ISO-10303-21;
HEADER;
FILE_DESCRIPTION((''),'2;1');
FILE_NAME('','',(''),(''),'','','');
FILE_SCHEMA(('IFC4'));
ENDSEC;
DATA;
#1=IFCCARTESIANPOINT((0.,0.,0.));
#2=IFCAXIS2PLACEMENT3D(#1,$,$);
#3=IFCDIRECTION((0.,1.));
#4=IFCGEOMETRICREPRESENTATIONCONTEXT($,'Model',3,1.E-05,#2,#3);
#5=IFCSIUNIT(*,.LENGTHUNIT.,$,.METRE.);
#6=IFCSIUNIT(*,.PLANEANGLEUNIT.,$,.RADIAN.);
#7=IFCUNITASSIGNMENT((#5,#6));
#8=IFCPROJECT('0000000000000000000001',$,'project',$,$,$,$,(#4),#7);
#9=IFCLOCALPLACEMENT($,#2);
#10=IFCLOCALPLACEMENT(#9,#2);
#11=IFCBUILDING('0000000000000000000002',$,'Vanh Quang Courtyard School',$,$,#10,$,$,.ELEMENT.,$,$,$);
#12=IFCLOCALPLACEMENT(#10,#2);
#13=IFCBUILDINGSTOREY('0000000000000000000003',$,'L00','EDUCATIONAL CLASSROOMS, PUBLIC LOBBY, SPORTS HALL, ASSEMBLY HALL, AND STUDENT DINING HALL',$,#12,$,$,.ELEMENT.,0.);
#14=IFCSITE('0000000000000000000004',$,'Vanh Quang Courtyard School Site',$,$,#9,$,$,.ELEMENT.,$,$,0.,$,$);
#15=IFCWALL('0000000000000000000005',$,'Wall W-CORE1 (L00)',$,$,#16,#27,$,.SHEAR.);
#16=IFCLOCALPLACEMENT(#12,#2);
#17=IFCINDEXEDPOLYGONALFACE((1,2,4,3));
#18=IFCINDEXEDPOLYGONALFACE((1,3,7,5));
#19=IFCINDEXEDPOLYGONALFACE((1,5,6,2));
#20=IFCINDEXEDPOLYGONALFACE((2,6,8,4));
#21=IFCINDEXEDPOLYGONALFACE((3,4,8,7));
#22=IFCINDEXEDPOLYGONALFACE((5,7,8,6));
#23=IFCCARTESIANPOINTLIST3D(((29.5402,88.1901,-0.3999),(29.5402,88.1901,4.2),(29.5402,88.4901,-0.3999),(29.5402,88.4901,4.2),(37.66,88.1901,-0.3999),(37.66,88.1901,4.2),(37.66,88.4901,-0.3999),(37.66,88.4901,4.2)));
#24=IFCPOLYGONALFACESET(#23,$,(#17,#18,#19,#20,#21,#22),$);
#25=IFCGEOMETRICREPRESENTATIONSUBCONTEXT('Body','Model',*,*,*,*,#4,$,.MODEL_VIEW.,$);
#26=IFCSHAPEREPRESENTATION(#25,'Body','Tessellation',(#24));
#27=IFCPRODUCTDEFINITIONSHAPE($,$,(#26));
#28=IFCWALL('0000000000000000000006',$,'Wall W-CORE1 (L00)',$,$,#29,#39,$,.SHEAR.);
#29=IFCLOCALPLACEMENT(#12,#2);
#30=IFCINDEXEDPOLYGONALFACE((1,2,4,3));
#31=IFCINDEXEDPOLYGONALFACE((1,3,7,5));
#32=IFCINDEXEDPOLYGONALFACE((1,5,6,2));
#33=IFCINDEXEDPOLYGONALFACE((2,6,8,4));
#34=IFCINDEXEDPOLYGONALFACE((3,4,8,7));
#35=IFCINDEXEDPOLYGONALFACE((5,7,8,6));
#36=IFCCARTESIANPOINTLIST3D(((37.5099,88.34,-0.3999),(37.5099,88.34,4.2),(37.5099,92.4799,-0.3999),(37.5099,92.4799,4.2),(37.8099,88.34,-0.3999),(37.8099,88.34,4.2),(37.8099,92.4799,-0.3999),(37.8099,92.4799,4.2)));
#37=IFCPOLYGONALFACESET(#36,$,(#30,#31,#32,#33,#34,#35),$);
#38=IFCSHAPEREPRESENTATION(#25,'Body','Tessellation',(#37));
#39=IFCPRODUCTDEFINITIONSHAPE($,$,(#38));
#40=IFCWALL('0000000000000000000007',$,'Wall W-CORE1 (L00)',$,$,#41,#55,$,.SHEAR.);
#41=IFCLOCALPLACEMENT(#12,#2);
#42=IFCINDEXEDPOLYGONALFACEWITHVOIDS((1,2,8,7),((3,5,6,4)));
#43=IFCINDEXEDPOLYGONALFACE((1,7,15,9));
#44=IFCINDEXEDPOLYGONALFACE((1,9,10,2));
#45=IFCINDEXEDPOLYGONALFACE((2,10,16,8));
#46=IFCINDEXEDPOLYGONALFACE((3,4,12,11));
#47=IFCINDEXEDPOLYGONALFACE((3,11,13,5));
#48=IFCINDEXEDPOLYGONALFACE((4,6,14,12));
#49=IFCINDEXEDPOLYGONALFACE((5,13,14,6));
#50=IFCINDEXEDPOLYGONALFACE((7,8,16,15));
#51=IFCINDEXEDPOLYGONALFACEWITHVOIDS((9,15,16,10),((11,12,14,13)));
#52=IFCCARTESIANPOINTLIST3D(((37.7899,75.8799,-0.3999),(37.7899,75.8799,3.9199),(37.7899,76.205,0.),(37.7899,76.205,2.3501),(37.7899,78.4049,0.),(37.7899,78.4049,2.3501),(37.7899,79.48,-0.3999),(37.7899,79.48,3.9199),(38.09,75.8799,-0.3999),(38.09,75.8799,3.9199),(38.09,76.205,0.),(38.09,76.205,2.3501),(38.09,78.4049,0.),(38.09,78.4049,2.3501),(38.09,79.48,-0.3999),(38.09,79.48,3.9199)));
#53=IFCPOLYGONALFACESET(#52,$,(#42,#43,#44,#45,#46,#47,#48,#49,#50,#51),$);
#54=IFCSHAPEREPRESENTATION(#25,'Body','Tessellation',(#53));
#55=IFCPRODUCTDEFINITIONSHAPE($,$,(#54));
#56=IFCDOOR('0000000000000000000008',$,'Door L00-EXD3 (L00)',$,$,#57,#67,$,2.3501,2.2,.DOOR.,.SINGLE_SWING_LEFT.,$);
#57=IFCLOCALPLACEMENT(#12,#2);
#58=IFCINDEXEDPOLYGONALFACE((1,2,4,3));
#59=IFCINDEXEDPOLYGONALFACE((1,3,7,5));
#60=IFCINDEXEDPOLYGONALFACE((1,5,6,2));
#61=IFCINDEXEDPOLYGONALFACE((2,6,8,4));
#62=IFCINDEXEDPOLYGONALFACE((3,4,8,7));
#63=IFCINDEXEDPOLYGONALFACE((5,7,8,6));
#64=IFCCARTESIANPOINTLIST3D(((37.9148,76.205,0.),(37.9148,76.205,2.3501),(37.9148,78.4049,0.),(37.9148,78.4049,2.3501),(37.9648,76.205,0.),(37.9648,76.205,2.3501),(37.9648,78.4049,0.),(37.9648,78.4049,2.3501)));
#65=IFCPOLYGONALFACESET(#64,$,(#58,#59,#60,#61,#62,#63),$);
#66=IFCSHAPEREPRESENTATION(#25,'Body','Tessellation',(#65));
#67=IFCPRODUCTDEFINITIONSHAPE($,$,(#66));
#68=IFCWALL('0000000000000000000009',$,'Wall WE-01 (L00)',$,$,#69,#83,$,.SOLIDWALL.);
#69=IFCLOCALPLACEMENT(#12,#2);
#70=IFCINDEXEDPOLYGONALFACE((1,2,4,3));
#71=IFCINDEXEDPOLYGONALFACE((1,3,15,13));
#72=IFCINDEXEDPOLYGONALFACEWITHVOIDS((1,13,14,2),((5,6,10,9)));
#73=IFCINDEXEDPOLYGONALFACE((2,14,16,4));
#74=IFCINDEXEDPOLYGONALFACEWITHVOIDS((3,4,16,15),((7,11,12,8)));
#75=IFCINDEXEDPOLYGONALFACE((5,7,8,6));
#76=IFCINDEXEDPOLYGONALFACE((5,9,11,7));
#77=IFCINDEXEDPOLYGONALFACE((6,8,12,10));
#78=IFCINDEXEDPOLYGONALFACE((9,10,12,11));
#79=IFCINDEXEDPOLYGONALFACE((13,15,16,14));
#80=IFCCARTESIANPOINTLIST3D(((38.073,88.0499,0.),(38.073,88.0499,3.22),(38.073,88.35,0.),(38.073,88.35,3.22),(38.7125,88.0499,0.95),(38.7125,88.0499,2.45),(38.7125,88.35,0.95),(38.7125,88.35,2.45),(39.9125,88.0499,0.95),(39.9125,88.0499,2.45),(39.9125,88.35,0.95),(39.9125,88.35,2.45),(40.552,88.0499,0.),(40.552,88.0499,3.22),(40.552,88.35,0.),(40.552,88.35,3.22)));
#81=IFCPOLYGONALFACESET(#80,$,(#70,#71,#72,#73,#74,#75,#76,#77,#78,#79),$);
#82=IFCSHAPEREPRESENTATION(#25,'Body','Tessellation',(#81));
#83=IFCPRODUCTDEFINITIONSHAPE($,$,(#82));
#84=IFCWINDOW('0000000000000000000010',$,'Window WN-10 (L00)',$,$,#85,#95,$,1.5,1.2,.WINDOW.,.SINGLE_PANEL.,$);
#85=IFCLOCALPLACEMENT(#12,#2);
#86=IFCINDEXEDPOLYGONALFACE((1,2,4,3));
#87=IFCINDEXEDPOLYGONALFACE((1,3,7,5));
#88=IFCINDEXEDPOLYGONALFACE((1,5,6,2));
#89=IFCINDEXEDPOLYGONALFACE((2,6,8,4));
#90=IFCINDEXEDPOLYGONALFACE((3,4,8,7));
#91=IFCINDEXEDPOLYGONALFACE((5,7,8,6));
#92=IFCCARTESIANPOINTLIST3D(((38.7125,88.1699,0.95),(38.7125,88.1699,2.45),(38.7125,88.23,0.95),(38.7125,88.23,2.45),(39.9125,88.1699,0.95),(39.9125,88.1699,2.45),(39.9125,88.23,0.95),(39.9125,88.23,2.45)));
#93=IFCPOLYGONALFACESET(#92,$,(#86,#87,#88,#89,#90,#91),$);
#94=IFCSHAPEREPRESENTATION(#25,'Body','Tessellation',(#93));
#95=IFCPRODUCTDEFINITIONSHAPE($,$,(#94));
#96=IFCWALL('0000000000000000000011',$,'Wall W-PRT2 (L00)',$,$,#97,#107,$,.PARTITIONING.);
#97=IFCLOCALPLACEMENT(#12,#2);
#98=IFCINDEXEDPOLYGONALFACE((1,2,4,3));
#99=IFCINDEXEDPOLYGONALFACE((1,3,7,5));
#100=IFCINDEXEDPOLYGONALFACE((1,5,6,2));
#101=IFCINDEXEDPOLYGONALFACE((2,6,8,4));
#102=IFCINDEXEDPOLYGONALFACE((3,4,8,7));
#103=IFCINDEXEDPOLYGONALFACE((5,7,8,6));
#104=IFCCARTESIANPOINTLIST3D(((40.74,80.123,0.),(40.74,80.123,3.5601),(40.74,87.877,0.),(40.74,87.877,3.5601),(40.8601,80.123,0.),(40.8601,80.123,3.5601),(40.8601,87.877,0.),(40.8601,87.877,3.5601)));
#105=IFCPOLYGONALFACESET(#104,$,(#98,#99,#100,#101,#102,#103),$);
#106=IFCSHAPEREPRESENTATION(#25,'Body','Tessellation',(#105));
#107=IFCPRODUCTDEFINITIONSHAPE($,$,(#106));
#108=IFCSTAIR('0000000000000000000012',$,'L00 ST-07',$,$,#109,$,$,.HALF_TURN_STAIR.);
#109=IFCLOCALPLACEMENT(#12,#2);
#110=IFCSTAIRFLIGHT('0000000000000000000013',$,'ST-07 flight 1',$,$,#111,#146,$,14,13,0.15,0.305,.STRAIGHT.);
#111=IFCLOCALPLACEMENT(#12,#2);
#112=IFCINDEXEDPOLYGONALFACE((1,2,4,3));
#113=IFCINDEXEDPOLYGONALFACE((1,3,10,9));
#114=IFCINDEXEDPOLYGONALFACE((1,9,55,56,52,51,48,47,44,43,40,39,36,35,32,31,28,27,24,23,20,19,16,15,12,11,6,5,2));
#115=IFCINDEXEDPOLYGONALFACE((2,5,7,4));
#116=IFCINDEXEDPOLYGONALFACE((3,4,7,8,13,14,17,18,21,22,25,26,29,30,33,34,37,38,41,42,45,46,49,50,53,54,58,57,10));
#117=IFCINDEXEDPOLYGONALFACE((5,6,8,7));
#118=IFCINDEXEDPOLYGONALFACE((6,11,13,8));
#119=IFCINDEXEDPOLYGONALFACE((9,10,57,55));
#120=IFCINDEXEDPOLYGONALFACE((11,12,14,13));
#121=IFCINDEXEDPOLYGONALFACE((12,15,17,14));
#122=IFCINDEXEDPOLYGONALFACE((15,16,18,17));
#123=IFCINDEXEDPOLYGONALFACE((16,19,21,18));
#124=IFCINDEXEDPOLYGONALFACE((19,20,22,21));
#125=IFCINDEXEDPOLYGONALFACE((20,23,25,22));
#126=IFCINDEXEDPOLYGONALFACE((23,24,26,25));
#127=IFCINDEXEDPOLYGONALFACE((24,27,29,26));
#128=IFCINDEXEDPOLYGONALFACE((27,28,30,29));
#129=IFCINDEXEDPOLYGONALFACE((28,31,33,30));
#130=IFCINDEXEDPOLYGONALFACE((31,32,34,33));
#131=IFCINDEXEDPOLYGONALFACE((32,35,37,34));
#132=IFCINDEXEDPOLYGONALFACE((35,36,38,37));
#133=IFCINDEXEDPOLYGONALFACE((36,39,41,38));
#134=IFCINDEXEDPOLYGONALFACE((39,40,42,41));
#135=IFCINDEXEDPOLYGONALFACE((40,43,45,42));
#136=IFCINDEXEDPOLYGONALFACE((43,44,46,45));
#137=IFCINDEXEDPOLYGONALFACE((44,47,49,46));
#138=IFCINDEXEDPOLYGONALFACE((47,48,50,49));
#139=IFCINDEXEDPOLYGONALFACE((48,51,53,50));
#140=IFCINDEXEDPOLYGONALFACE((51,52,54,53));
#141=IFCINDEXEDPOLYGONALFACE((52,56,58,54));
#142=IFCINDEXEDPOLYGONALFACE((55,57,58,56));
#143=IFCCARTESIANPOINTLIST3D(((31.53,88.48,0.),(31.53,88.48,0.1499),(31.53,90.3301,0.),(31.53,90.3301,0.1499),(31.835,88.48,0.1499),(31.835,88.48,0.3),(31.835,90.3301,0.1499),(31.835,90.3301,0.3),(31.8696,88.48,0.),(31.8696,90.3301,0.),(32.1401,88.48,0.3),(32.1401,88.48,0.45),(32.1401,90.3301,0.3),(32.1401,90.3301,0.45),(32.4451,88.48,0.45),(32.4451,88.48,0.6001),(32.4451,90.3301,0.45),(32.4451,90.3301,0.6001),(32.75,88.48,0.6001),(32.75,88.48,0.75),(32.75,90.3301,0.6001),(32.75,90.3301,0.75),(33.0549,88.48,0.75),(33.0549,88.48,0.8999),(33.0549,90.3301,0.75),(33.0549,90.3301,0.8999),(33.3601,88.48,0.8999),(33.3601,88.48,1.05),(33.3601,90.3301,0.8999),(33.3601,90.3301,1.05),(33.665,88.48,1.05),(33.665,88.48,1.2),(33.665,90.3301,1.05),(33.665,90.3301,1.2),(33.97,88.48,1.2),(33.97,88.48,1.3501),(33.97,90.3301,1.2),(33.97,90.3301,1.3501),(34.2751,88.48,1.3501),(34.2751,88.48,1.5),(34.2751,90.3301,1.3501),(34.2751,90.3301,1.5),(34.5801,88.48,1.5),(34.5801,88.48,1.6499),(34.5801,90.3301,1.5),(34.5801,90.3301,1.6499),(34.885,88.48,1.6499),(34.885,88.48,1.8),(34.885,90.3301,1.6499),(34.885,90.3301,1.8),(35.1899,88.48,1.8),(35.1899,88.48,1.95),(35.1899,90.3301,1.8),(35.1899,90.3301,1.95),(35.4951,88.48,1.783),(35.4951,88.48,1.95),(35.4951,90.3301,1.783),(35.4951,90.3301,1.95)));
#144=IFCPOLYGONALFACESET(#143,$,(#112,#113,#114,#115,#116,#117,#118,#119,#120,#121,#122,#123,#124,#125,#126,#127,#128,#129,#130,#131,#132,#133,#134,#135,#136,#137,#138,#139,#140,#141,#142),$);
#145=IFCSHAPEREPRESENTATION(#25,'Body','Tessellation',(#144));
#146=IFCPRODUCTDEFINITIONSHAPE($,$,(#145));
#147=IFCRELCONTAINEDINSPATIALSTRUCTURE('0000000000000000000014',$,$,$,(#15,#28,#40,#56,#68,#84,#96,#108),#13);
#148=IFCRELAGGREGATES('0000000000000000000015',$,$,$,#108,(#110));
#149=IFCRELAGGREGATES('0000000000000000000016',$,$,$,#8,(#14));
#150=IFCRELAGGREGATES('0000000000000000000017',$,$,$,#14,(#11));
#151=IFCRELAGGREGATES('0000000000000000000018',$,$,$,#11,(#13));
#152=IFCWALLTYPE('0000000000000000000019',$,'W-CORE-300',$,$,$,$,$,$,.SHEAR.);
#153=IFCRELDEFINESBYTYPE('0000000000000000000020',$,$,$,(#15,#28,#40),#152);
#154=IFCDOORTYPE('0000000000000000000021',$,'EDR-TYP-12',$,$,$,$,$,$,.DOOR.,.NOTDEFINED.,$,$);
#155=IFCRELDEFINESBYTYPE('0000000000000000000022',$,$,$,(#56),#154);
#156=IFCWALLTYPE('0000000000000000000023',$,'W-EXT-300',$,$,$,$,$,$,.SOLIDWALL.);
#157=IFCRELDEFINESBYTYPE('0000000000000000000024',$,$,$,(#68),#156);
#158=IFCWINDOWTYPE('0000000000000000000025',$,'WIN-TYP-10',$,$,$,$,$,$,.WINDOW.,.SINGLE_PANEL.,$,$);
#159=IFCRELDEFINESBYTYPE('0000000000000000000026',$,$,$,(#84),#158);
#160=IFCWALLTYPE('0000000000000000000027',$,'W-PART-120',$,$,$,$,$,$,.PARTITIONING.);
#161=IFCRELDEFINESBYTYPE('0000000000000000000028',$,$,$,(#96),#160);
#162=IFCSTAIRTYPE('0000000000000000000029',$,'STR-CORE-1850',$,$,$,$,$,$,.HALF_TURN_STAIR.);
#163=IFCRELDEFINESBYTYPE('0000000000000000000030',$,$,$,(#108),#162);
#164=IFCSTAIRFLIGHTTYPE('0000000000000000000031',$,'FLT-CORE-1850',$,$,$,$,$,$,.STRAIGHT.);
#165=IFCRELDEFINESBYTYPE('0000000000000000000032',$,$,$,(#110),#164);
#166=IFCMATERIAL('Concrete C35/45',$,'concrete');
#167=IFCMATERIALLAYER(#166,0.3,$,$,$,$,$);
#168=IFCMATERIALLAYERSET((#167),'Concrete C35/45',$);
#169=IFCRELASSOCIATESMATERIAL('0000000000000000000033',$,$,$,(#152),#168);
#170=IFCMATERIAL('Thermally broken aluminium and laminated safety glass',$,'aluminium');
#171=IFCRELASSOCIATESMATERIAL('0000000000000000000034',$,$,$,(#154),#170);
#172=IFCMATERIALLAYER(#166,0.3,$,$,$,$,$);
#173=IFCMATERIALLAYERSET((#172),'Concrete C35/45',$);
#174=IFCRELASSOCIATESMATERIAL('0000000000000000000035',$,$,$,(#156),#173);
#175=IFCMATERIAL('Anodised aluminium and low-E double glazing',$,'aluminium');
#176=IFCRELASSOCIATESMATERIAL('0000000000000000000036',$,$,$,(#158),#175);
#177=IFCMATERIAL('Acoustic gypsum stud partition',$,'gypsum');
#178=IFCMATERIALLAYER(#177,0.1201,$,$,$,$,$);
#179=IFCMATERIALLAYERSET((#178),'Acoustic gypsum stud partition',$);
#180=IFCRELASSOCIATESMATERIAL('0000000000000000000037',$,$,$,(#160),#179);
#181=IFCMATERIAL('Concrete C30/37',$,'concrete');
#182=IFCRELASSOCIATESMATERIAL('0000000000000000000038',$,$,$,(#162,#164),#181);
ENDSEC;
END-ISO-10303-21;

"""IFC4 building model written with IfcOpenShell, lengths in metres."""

from ifc_helpers import new_model, si_unit, direction, frame, frame_2d, origin, place, context, subcontext, project, spatial, polyline, rectangle, outline, extrude, material, layer, layer_set, type_object, element, fill, aggregate, save


model = new_model("IFC4")

# Units and contexts
model_context = context("Model", 3, precision=1e-05, world=origin(), true_north=direction((0.0, 1.0)))
body_context = subcontext(model_context, "Body", "Model", "MODEL_VIEW")
ifc_project = project(units=[si_unit("LENGTHUNIT", "METRE"), si_unit("PLANEANGLEUNIT", "RADIAN")], contexts=[model_context])

# Site, building, storey
site_placement = place(None, origin())
site = spatial("IfcSite", under=ifc_project, at=site_placement, Name="Vanh Quang Courtyard School Site", CompositionType="ELEMENT", RefElevation=0.0)
building_placement = place(site_placement, origin())
building = spatial("IfcBuilding", under=site, at=building_placement, Name="Vanh Quang Courtyard School", CompositionType="ELEMENT")
storey_placement = place(building_placement, origin())
storey = spatial("IfcBuildingStorey", under=building, at=storey_placement, Name="L00", Description="EDUCATIONAL CLASSROOMS, PUBLIC LOBBY, SPORTS HALL, ASSEMBLY HALL, AND STUDENT DINING HALL", CompositionType="ELEMENT", Elevation=0.0)

# Shared definitions
ifc_material_1 = material(Name="Concrete C35/45", Category="concrete")

# Shared definitions
ifc_material_2 = material(Name="Concrete C30/37", Category="concrete")

# Walls
ifc_layer_1 = layer(ifc_material_1, 0.3)
ifc_layer_set_1 = layer_set([ifc_layer_1], Name="Concrete C35/45")
wall_type_1 = type_object("IfcWallType", Name="W-CORE-300", PredefinedType="SHEAR", material=ifc_layer_set_1)
wall_1_placement = place(storey_placement, frame((29.54, 88.3401, -0.3999), z_axis=(0.0, 0.0, 1.0), x_axis=(1.0, 0.0, 0.0)))
element("IfcWall", 1, at=wall_1_placement, inside=storey, type_object=wall_type_1, Name="Wall W-CORE1 (L00)", PredefinedType="SHEAR", context=body_context, shape_type="SweptSolid", body=[
    extrude(rectangle(XDim=8.1199, YDim=0.3, at=frame_2d((4.0601, 0.0))), origin(), (0.0, 0.0, 1.0), 4.5999),
])
wall_2_placement = place(storey_placement, frame((37.6599, 88.3401, -0.3999), z_axis=(0.0, 0.0, 1.0), x_axis=(0.0, 1.0, 0.0)))
element("IfcWall", 2, at=wall_2_placement, inside=storey, type_object=wall_type_1, Name="Wall W-CORE1 (L00)", PredefinedType="SHEAR", context=body_context, shape_type="SweptSolid", body=[
    extrude(rectangle(XDim=4.1399, YDim=0.3, at=frame_2d((2.0698, 0.0))), origin(), (0.0, 0.0, 1.0), 4.5999),
])

# Wall, opening, door
wall_3_placement = place(storey_placement, frame((37.9399, 79.48, -0.3999), z_axis=(0.0, 0.0, 1.0), x_axis=(0.0, -1.0, 0.0)))
wall_3 = element("IfcWall", 3, at=wall_3_placement, inside=storey, type_object=wall_type_1, Name="Wall W-CORE1 (L00)", PredefinedType="SHEAR", context=body_context, shape_type="SweptSolid", body=[
    extrude(rectangle(XDim=3.6001, YDim=0.3, at=frame_2d((1.8, 0.0))), origin(), (0.0, 0.0, 1.0), 4.3198),
])
opening_1_placement = place(wall_3_placement, frame((1.075, 0.0, 0.3999)))
opening_1 = element("IfcOpeningElement", 4, at=opening_1_placement, cuts=wall_3, PredefinedType="OPENING", context=body_context, shape_type="SweptSolid", body=[
    extrude(rectangle(XDim=2.2, YDim=2.3501, at=frame_2d((1.1001, 1.175))), frame((0.0, 0.1602, 0.0), z_axis=(0.0, -1.0, 0.0), x_axis=(1.0, 0.0, 0.0)), (0.0, 0.0, 1.0), 0.3201),
])
ifc_material_3 = material(Name="Thermally broken aluminium and laminated safety glass", Category="aluminium")
door_type = type_object("IfcDoorType", Name="EDR-TYP-12", OperationType="NOTDEFINED", PredefinedType="DOOR", material=ifc_material_3)
door_placement = place(opening_1_placement, origin())
door = element("IfcDoor", 5, at=door_placement, inside=storey, type_object=door_type, Name="Door L00-EXD3 (L00)", OperationType="SINGLE_SWING_LEFT", OverallHeight=2.3501, OverallWidth=2.2, PredefinedType="DOOR", context=body_context, shape_type="SweptSolid", body=[
    extrude(rectangle(XDim=2.2, YDim=2.3501, at=frame_2d((1.1001, 1.175))), frame((0.0, 0.0249, 0.0), z_axis=(0.0, -1.0, 0.0), x_axis=(1.0, 0.0, 0.0)), (0.0, 0.0, 1.0), 0.05),
])
fill(opening_1, door)

# Wall, opening, window
ifc_layer_2 = layer(ifc_material_1, 0.3)
ifc_layer_set_2 = layer_set([ifc_layer_2], Name="Concrete C35/45")
wall_type_2 = type_object("IfcWallType", Name="W-EXT-300", PredefinedType="SOLIDWALL", material=ifc_layer_set_2)
wall_4_placement = place(storey_placement, frame((38.073, 88.2, 0.0), z_axis=(0.0, 0.0, 1.0), x_axis=(1.0, 0.0, 0.0)))
wall_4 = element("IfcWall", 6, at=wall_4_placement, inside=storey, type_object=wall_type_2, Name="Wall WE-01 (L00)", PredefinedType="SOLIDWALL", context=body_context, shape_type="SweptSolid", body=[
    extrude(rectangle(XDim=2.479, YDim=0.3, at=frame_2d((1.2395, 0.0))), origin(), (0.0, 0.0, 1.0), 3.22),
])
opening_2_placement = place(wall_4_placement, frame((0.6394, 0.0, 0.95)))
opening_2 = element("IfcOpeningElement", 7, at=opening_2_placement, cuts=wall_4, PredefinedType="OPENING", context=body_context, shape_type="SweptSolid", body=[
    extrude(rectangle(XDim=1.2, YDim=1.5, at=frame_2d((0.6001, 0.75))), frame((0.0, 0.1602, 0.0), z_axis=(0.0, -1.0, 0.0), x_axis=(1.0, 0.0, 0.0)), (0.0, 0.0, 1.0), 0.3201),
])
ifc_material_4 = material(Name="Anodised aluminium and low-E double glazing", Category="aluminium")
window_type = type_object("IfcWindowType", Name="WIN-TYP-10", PartitioningType="SINGLE_PANEL", PredefinedType="WINDOW", material=ifc_material_4)
window_placement = place(opening_2_placement, origin())
window = element("IfcWindow", 8, at=window_placement, inside=storey, type_object=window_type, Name="Window WN-10 (L00)", OverallHeight=1.5, OverallWidth=1.2, PartitioningType="SINGLE_PANEL", PredefinedType="WINDOW", context=body_context, shape_type="SweptSolid", body=[
    extrude(rectangle(XDim=1.2, YDim=1.5, at=frame_2d((0.6001, 0.75))), frame((0.0, 0.03, 0.0), z_axis=(0.0, -1.0, 0.0), x_axis=(1.0, 0.0, 0.0)), (0.0, 0.0, 1.0), 0.0601),
])
fill(opening_2, window)

# Wall
ifc_material_5 = material(Name="Acoustic gypsum stud partition", Category="gypsum")
ifc_layer_3 = layer(ifc_material_5, 0.1201)
ifc_layer_set_3 = layer_set([ifc_layer_3], Name="Acoustic gypsum stud partition")
wall_type_3 = type_object("IfcWallType", Name="W-PART-120", PredefinedType="PARTITIONING", material=ifc_layer_set_3)
wall_5_placement = place(storey_placement, frame((40.8, 80.123, 0.0), z_axis=(0.0, 0.0, 1.0), x_axis=(0.0, 1.0, 0.0)))
element("IfcWall", 9, at=wall_5_placement, inside=storey, type_object=wall_type_3, Name="Wall W-PRT2 (L00)", PredefinedType="PARTITIONING", context=body_context, shape_type="SweptSolid", body=[
    extrude(rectangle(XDim=7.7539, YDim=0.1201, at=frame_2d((3.877, 0.0))), origin(), (0.0, 0.0, 1.0), 3.5601),
])

# Stair, stair flight
stair_type = type_object("IfcStairType", Name="STR-CORE-1850", PredefinedType="HALF_TURN_STAIR", material=ifc_material_2)
stair_placement = place(storey_placement, origin())
stair = element("IfcStair", 10, at=stair_placement, inside=storey, type_object=stair_type, Name="L00 ST-07", PredefinedType="HALF_TURN_STAIR")
stair_flight_type = type_object("IfcStairFlightType", Name="FLT-CORE-1850", PredefinedType="STRAIGHT", material=ifc_material_2)
stair_flight_1_placement = place(storey_placement, frame((31.53, 89.405, 0.0), z_axis=(0.0, 0.0, 1.0), x_axis=(1.0, 0.0, 0.0)))
stair_flight_1 = element("IfcStairFlight", 11, at=stair_flight_1_placement, type_object=stair_flight_type, Name="ST-07 flight 1", NumberOfRisers=14, NumberOfTreads=13, PredefinedType="STRAIGHT", RiserHeight=0.15, TreadLength=0.305, context=body_context, shape_type="SweptSolid", body=[
    extrude(outline(polyline([(0.0, 0.0), (0.0, 0.1499), (0.3049, 0.1499), (0.3049, 0.3), (0.6101, 0.3), (0.6101, 0.45), (0.915, 0.45), (0.915, 0.6001), (1.22, 0.6001), (1.22, 0.75), (1.5249, 0.75), (1.5249, 0.8999), (1.8301, 0.8999), (1.8301, 1.05), (2.135, 1.05), (2.135, 1.2), (2.4399, 1.2), (2.4399, 1.3501), (2.7451, 1.3501), (2.7451, 1.5), (3.05, 1.5), (3.05, 1.6499), (3.355, 1.6499), (3.355, 1.8), (3.6599, 1.8), (3.6599, 1.95), (3.9651, 1.95), (3.9651, 2.1001), (3.9651, 1.783), (0.3396, 0.0), (0.0, 0.0)])), frame((0.0, 0.925, 0.0), z_axis=(0.0, -1.0, 0.0), x_axis=(1.0, 0.0, 0.0)), (0.0, 0.0, 1.0), 1.8501),
])
aggregate(stair, [stair_flight_1])

save(model, "model.ifc")
